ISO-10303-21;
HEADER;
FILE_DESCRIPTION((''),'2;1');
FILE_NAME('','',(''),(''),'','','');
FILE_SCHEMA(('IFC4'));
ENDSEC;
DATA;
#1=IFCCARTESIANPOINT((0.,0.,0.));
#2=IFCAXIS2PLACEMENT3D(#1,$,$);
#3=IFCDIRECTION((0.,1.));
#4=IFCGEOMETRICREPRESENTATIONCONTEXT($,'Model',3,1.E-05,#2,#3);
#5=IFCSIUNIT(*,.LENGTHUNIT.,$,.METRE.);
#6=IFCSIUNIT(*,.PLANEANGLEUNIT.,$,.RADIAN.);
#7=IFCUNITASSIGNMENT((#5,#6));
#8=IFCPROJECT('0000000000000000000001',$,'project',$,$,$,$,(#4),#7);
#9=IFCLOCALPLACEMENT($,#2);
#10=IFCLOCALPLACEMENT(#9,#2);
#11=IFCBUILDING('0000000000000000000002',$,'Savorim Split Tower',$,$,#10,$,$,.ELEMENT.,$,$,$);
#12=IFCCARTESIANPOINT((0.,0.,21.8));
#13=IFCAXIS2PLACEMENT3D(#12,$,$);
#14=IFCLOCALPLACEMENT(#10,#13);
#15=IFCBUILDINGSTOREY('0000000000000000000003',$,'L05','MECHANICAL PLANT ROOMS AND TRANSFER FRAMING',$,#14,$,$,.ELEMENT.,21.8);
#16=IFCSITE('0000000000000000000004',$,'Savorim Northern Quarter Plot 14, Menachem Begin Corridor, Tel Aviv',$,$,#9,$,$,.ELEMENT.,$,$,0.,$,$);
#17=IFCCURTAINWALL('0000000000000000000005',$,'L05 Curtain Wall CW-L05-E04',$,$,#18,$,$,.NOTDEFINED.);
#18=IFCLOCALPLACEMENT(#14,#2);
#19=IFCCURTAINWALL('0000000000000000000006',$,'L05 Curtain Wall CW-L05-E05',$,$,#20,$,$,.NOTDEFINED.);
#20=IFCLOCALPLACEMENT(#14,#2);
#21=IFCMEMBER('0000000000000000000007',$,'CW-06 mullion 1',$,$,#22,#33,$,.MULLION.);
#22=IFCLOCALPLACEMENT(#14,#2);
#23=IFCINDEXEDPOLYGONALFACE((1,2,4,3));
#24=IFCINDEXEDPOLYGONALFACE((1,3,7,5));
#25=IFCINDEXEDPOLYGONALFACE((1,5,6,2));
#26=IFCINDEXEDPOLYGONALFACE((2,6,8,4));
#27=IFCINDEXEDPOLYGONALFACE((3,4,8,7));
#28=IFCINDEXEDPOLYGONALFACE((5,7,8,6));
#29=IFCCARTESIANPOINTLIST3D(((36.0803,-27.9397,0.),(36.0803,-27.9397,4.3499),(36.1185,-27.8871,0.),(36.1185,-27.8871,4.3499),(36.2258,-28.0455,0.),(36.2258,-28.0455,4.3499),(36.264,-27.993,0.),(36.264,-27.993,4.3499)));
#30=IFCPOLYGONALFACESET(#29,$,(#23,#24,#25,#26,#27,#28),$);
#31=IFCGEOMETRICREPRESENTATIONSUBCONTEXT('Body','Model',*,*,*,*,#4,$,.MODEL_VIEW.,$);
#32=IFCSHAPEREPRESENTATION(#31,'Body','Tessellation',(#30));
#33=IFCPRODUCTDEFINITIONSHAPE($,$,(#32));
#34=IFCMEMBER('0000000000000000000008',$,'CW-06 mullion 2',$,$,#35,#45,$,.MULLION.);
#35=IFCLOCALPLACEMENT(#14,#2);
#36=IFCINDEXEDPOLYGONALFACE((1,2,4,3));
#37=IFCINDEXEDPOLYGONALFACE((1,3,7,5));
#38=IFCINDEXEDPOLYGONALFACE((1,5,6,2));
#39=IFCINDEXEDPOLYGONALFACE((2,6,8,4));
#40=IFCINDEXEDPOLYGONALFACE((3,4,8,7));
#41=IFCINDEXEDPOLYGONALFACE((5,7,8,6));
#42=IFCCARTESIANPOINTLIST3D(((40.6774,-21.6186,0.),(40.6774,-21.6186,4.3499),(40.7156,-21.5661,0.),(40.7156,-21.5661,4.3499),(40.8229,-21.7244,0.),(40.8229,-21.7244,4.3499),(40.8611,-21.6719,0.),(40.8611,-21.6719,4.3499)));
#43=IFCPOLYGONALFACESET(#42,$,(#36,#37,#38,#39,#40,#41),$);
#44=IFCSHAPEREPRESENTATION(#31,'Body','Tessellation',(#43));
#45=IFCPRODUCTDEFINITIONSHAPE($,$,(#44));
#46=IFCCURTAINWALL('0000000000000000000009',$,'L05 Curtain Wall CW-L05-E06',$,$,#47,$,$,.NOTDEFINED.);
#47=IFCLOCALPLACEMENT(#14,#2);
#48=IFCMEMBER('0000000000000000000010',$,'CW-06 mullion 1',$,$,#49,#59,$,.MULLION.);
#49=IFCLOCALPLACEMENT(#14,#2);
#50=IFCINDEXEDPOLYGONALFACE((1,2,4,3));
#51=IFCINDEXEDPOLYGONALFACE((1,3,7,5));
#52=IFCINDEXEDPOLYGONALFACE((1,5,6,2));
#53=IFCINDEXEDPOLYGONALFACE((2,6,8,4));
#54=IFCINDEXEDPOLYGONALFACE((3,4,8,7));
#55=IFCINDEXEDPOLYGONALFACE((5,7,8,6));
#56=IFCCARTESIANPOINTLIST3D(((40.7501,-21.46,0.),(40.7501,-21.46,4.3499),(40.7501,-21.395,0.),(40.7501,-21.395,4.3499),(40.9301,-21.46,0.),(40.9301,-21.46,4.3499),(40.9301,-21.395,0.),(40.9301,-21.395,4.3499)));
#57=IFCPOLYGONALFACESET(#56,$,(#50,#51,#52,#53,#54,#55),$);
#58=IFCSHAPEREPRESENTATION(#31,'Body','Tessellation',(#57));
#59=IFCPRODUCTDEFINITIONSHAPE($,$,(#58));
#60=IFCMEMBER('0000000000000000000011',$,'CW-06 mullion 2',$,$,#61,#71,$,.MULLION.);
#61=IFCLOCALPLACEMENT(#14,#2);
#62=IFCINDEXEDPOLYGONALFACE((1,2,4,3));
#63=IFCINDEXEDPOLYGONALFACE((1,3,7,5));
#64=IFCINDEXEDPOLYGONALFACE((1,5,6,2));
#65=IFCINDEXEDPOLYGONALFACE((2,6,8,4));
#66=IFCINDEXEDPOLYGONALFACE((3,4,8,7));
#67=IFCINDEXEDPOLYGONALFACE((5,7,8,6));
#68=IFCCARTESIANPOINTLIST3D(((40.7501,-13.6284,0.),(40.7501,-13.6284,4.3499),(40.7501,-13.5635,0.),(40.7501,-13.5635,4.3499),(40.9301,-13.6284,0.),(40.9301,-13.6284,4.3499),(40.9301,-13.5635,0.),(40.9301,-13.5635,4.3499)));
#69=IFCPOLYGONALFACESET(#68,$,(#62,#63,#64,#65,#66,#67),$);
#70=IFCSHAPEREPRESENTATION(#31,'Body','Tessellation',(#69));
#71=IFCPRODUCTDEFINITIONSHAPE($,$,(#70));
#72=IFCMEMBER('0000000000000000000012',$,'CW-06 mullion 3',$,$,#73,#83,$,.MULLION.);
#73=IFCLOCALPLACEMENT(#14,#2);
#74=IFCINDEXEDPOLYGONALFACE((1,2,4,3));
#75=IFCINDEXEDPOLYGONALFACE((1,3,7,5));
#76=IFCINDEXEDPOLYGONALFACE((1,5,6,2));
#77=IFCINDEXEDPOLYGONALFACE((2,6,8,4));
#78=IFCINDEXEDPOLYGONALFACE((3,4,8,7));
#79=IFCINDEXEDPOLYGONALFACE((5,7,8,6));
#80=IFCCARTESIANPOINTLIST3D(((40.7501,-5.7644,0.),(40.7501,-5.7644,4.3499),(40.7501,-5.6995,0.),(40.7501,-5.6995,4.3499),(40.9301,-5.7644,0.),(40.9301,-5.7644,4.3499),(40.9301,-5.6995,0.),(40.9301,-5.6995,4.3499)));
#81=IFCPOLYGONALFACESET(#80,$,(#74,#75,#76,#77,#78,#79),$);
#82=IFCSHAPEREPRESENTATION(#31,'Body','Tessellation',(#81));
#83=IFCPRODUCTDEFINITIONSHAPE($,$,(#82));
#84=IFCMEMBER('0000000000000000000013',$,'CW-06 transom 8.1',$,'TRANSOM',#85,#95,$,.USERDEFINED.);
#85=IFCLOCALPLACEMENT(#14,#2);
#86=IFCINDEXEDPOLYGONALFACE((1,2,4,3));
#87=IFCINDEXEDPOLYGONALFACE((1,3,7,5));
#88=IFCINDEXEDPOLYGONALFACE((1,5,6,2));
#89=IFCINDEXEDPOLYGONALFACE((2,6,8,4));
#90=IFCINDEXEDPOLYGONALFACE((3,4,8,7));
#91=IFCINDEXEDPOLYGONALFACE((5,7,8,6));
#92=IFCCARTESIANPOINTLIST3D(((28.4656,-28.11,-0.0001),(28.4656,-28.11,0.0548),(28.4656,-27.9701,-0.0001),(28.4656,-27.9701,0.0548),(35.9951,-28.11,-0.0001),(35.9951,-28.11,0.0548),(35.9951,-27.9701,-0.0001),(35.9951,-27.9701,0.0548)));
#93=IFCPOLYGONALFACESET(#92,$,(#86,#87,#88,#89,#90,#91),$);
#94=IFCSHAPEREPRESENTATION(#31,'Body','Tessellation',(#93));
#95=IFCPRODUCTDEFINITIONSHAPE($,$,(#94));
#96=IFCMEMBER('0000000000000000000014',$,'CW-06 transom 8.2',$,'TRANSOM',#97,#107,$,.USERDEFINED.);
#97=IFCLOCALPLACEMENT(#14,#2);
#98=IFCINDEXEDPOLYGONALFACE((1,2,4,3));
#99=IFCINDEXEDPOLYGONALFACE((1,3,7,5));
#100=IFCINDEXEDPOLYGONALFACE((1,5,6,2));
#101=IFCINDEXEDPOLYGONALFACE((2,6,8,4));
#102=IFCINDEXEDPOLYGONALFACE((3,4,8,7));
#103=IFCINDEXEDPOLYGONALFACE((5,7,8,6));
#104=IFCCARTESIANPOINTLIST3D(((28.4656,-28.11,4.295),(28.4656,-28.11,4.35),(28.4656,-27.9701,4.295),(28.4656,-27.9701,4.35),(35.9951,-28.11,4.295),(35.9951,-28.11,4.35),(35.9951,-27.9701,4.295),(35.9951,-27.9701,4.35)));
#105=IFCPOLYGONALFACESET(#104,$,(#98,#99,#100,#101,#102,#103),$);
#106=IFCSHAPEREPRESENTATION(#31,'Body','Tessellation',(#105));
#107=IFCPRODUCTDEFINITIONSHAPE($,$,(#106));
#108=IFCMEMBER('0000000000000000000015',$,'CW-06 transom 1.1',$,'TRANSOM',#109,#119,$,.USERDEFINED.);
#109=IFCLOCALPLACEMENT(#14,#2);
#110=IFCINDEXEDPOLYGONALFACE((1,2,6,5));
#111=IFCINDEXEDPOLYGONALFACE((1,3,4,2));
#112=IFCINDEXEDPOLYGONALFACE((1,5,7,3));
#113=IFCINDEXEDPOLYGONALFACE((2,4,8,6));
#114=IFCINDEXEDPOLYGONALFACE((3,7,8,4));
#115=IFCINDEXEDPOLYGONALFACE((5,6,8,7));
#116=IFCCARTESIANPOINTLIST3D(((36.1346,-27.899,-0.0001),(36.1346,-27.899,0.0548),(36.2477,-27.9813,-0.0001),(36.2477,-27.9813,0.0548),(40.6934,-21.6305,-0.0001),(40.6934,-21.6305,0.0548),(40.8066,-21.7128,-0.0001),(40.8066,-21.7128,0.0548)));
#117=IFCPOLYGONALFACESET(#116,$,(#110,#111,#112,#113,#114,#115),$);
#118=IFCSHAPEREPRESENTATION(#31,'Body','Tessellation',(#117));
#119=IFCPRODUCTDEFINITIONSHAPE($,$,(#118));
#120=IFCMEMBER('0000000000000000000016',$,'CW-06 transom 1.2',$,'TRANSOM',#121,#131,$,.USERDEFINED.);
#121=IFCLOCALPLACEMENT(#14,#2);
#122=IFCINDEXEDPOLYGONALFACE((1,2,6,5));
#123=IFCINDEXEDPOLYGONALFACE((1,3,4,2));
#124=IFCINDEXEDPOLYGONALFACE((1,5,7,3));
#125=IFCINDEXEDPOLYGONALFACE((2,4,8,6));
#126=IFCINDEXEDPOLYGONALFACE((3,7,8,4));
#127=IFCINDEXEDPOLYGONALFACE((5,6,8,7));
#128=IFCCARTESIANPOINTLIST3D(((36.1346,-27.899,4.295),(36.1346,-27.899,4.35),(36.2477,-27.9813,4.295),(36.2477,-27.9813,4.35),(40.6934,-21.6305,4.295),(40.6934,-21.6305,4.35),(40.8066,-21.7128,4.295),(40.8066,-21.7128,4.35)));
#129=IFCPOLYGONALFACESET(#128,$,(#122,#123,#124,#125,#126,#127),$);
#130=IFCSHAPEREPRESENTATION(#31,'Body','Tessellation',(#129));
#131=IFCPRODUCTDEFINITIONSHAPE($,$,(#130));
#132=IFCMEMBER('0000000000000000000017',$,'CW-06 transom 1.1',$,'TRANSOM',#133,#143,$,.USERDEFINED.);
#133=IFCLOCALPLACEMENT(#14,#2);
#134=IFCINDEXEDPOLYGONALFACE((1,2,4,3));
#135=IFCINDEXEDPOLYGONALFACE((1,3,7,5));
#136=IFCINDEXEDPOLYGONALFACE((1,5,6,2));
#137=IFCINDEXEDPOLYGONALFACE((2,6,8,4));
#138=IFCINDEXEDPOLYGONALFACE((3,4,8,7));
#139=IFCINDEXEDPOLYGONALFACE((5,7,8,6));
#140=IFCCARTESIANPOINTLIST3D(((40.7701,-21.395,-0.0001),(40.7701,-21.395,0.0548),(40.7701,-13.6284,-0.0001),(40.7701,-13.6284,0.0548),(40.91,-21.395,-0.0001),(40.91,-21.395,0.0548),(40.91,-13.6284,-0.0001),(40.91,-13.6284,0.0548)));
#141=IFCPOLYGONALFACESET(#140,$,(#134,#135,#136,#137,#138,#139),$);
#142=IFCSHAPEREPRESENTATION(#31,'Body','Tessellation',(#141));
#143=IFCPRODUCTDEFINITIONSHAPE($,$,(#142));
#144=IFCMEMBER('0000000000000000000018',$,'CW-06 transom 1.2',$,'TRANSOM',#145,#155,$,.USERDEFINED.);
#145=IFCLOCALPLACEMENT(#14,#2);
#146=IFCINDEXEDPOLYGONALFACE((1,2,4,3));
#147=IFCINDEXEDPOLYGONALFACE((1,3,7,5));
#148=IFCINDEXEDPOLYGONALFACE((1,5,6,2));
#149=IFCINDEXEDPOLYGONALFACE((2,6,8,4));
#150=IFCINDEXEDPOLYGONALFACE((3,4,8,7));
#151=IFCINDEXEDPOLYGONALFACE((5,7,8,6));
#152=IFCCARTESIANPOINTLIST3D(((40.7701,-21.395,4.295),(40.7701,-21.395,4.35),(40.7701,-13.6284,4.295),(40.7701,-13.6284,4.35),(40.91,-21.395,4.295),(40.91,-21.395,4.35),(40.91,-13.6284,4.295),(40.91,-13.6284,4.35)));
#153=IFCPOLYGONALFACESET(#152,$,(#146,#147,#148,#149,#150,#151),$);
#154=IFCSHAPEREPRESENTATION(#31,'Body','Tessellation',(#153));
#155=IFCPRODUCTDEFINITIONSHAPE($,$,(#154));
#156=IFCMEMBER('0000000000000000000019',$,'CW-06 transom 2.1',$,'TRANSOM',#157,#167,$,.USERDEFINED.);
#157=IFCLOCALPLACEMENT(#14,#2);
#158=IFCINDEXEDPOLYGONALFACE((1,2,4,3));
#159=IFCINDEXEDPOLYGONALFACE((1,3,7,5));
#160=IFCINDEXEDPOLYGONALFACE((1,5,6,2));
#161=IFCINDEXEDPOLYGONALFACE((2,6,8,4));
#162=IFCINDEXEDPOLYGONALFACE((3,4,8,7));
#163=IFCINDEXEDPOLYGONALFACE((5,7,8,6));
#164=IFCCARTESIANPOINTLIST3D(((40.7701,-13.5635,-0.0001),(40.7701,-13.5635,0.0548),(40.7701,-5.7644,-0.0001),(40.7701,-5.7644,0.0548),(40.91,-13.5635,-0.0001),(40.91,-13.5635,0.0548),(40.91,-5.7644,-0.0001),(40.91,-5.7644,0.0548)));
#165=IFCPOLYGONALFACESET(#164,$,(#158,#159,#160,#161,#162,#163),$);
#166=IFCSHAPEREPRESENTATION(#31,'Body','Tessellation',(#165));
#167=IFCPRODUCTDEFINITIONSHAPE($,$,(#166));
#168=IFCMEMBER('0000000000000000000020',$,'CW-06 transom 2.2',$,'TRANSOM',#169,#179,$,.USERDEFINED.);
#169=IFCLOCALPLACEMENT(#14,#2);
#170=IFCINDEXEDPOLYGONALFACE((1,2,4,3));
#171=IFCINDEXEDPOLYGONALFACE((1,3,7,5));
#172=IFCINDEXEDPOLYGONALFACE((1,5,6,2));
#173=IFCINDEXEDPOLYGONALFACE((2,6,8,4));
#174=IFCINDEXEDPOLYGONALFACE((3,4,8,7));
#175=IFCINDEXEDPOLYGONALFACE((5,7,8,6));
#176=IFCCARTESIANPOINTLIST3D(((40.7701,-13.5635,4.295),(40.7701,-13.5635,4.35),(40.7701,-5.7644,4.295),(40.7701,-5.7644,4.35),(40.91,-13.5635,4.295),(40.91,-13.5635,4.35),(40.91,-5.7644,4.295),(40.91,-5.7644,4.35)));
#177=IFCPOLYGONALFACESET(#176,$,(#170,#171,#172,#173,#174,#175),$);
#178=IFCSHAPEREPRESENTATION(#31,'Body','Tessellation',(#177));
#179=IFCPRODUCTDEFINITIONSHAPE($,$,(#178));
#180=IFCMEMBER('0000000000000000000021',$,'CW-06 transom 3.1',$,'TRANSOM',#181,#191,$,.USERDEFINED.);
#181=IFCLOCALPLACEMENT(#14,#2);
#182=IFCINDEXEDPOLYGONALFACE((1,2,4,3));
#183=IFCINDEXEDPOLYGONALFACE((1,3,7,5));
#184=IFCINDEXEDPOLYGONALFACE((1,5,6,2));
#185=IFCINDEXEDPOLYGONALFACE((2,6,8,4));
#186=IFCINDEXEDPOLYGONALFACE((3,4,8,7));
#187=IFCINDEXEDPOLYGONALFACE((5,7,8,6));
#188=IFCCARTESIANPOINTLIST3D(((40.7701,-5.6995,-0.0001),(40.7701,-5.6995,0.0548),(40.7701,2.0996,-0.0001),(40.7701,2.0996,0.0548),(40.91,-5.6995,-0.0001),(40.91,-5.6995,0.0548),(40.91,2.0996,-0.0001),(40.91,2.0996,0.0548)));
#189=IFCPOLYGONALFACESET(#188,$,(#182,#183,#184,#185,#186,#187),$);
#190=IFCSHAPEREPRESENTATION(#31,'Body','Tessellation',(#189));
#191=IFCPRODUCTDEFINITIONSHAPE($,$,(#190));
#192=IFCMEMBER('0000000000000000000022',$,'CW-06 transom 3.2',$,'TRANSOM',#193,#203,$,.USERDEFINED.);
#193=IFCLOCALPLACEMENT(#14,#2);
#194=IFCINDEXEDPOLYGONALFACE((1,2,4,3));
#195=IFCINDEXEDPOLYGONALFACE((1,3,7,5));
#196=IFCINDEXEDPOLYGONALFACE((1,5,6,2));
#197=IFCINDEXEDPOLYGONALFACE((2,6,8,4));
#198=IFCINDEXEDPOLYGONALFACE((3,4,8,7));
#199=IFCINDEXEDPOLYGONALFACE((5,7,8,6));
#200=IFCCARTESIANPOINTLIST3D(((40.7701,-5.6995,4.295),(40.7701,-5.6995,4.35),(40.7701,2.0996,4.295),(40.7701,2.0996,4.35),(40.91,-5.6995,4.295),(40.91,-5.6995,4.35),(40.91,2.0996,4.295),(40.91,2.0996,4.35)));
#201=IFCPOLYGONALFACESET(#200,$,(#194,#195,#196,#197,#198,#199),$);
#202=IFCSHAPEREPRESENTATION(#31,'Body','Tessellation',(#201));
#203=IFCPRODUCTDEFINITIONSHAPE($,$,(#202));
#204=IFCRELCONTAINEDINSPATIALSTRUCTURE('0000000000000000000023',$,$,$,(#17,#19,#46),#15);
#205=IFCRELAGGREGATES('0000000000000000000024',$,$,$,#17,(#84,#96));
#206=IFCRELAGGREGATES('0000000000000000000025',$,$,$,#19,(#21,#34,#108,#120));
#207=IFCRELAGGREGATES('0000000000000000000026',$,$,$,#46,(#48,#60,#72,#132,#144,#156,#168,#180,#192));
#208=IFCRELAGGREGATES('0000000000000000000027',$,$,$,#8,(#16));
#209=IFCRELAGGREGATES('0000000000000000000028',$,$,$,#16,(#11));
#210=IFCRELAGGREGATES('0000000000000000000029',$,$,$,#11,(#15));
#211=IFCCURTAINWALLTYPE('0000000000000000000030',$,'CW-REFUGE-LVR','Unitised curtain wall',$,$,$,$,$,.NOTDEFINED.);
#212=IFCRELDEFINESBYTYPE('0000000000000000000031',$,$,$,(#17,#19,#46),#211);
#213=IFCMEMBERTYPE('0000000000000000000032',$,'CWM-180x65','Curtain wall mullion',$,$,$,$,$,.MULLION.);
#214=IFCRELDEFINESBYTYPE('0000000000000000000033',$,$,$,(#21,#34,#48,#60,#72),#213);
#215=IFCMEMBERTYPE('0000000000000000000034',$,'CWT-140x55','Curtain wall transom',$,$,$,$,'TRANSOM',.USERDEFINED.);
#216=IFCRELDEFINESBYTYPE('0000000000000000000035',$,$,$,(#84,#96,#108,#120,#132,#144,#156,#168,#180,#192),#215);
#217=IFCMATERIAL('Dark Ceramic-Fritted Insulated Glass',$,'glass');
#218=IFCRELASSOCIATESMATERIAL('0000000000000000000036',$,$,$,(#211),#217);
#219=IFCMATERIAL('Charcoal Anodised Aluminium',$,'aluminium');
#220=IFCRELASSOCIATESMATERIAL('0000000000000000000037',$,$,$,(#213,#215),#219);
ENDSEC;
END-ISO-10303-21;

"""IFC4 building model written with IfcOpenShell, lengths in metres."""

from ifc_helpers import new_model, si_unit, direction, frame, origin, origin_2d, place, context, subcontext, project, spatial, rectangle, extrude, material, material_profile, profile_set, type_object, element, aggregate, save


model = new_model("IFC4")

# Units and contexts
model_context = context("Model", 3, precision=1e-05, world=origin(), true_north=direction((0.0, 1.0)))
body_context = subcontext(model_context, "Body", "Model", "MODEL_VIEW")
ifc_project = project(units=[si_unit("LENGTHUNIT", "METRE"), si_unit("PLANEANGLEUNIT", "RADIAN")], contexts=[model_context])

# Site, building, storey
site_placement = place(None, origin())
site = spatial("IfcSite", under=ifc_project, at=site_placement, Name="Savorim Northern Quarter Plot 14, Menachem Begin Corridor, Tel Aviv", CompositionType="ELEMENT", RefElevation=0.0)
building_placement = place(site_placement, origin())
building = spatial("IfcBuilding", under=site, at=building_placement, Name="Savorim Split Tower", CompositionType="ELEMENT")
storey_placement = place(building_placement, frame((0.0, 0.0, 21.8)))
storey = spatial("IfcBuildingStorey", under=building, at=storey_placement, Name="L05", Description="MECHANICAL PLANT ROOMS AND TRANSFER FRAMING", CompositionType="ELEMENT", Elevation=21.8)

# Curtain wall
ifc_material_1 = material(Name="Dark Ceramic-Fritted Insulated Glass", Category="glass")
curtain_wall_type = type_object("IfcCurtainWallType", Name="CW-REFUGE-LVR", Description="Unitised curtain wall", PredefinedType="NOTDEFINED", material=ifc_material_1)
curtain_wall_1_placement = place(storey_placement, origin())
curtain_wall_1 = element("IfcCurtainWall", 1, at=curtain_wall_1_placement, inside=storey, type_object=curtain_wall_type, Name="L05 Curtain Wall CW-L05-E04", PredefinedType="NOTDEFINED")
ifc_material_2 = material(Name="Charcoal Anodised Aluminium", Category="aluminium")
ifc_material_profile_1 = material_profile(ifc_material_2, rectangle(XDim=0.1799, YDim=0.0649, at=origin_2d()), Name="ALU-M 180x65")
ifc_profile_set_1 = profile_set([ifc_material_profile_1], Name="Charcoal Anodised Aluminium")
member_type_1 = type_object("IfcMemberType", Name="CWM-180x65", Description="Curtain wall mullion", PredefinedType="MULLION", material=ifc_profile_set_1)

# Curtain walls, members
curtain_wall_2_placement = place(storey_placement, origin())
curtain_wall_2 = element("IfcCurtainWall", 2, at=curtain_wall_2_placement, inside=storey, type_object=curtain_wall_type, Name="L05 Curtain Wall CW-L05-E05", PredefinedType="NOTDEFINED")
member_1_placement = place(storey_placement, frame((36.1721, -27.9663, 0.0), z_axis=(0.0, 0.0, 1.0), x_axis=(-0.808733, 0.588176, 0.0)))
member_1 = element("IfcMember", 3, at=member_1_placement, type_object=member_type_1, Name="CW-06 mullion 1", PredefinedType="MULLION", context=body_context, shape_type="SweptSolid", body=[
    extrude(rectangle(XDim=0.1799, YDim=0.0649, at=origin_2d()), origin(), (0.0, 0.0, 1.0), 4.3499),
])
member_2_placement = place(storey_placement, frame((40.7693, -21.6453, 0.0), z_axis=(0.0, 0.0, 1.0), x_axis=(-0.808733, 0.588176, 0.0)))
member_2 = element("IfcMember", 4, at=member_2_placement, type_object=member_type_1, Name="CW-06 mullion 2", PredefinedType="MULLION", context=body_context, shape_type="SweptSolid", body=[
    extrude(rectangle(XDim=0.1799, YDim=0.0649, at=origin_2d()), origin(), (0.0, 0.0, 1.0), 4.3499),
])
curtain_wall_3_placement = place(storey_placement, origin())
curtain_wall_3 = element("IfcCurtainWall", 5, at=curtain_wall_3_placement, inside=storey, type_object=curtain_wall_type, Name="L05 Curtain Wall CW-L05-E06", PredefinedType="NOTDEFINED")
member_3_placement = place(storey_placement, frame((40.8401, -21.4275, 0.0), z_axis=(0.0, 0.0, 1.0), x_axis=(-1.0, 0.0, 0.0)))
member_3 = element("IfcMember", 6, at=member_3_placement, type_object=member_type_1, Name="CW-06 mullion 1", PredefinedType="MULLION", context=body_context, shape_type="SweptSolid", body=[
    extrude(rectangle(XDim=0.1799, YDim=0.0649, at=origin_2d()), origin(), (0.0, 0.0, 1.0), 4.3499),
])
member_4_placement = place(storey_placement, frame((40.8401, -13.5959, 0.0), z_axis=(0.0, 0.0, 1.0), x_axis=(-1.0, 0.0, 0.0)))
member_4 = element("IfcMember", 7, at=member_4_placement, type_object=member_type_1, Name="CW-06 mullion 2", PredefinedType="MULLION", context=body_context, shape_type="SweptSolid", body=[
    extrude(rectangle(XDim=0.1799, YDim=0.0649, at=origin_2d()), origin(), (0.0, 0.0, 1.0), 4.3499),
])
member_5_placement = place(storey_placement, frame((40.8401, -5.7319, 0.0), z_axis=(0.0, 0.0, 1.0), x_axis=(-1.0, 0.0, 0.0)))
member_5 = element("IfcMember", 8, at=member_5_placement, type_object=member_type_1, Name="CW-06 mullion 3", PredefinedType="MULLION", context=body_context, shape_type="SweptSolid", body=[
    extrude(rectangle(XDim=0.1799, YDim=0.0649, at=origin_2d()), origin(), (0.0, 0.0, 1.0), 4.3499),
])

# Members
ifc_material_profile_2 = material_profile(ifc_material_2, rectangle(XDim=0.1399, YDim=0.0549, at=origin_2d()), Name="ALU-T 140x55")
ifc_profile_set_2 = profile_set([ifc_material_profile_2], Name="Charcoal Anodised Aluminium")
member_type_2 = type_object("IfcMemberType", Name="CWT-140x55", Description="Curtain wall transom", ElementType="TRANSOM", PredefinedType="USERDEFINED", material=ifc_profile_set_2)
member_6_placement = place(storey_placement, frame((28.4656, -28.04, 0.0273), z_axis=(1.0, 0.0, 0.0), x_axis=(0.0, 1.0, 0.0)))
member_6 = element("IfcMember", 9, at=member_6_placement, type_object=member_type_2, Name="CW-06 transom 8.1", ObjectType="TRANSOM", PredefinedType="USERDEFINED", context=body_context, shape_type="SweptSolid", body=[
    extrude(rectangle(XDim=0.1399, YDim=0.0549, at=origin_2d()), origin(), (0.0, 0.0, 1.0), 7.5295),
])
member_7_placement = place(storey_placement, frame((28.4656, -28.04, 4.3225), z_axis=(1.0, 0.0, 0.0), x_axis=(0.0, 1.0, 0.0)))
member_7 = element("IfcMember", 10, at=member_7_placement, type_object=member_type_2, Name="CW-06 transom 8.2", ObjectType="TRANSOM", PredefinedType="USERDEFINED", context=body_context, shape_type="SweptSolid", body=[
    extrude(rectangle(XDim=0.1399, YDim=0.0549, at=origin_2d()), origin(), (0.0, 0.0, 1.0), 7.5295),
])
member_8_placement = place(storey_placement, frame((36.1912, -27.9402, 0.0273), z_axis=(0.588162, 0.808743, 0.0), x_axis=(-0.808743, 0.588162, 0.0)))
member_8 = element("IfcMember", 11, at=member_8_placement, type_object=member_type_2, Name="CW-06 transom 1.1", ObjectType="TRANSOM", PredefinedType="USERDEFINED", context=body_context, shape_type="SweptSolid", body=[
    extrude(rectangle(XDim=0.1399, YDim=0.0549, at=origin_2d()), origin(), (0.0, 0.0, 1.0), 7.751),
])
member_9_placement = place(storey_placement, frame((36.1912, -27.9402, 4.3225), z_axis=(0.588162, 0.808743, 0.0), x_axis=(-0.808743, 0.588162, 0.0)))
member_9 = element("IfcMember", 12, at=member_9_placement, type_object=member_type_2, Name="CW-06 transom 1.2", ObjectType="TRANSOM", PredefinedType="USERDEFINED", context=body_context, shape_type="SweptSolid", body=[
    extrude(rectangle(XDim=0.1399, YDim=0.0549, at=origin_2d()), origin(), (0.0, 0.0, 1.0), 7.751),
])
member_10_placement = place(storey_placement, frame((40.8401, -21.395, 0.0273), z_axis=(0.0, 1.0, 0.0), x_axis=(-1.0, 0.0, 0.0)))
member_10 = element("IfcMember", 13, at=member_10_placement, type_object=member_type_2, Name="CW-06 transom 1.1", ObjectType="TRANSOM", PredefinedType="USERDEFINED", context=body_context, shape_type="SweptSolid", body=[
    extrude(rectangle(XDim=0.1399, YDim=0.0549, at=origin_2d()), origin(), (0.0, 0.0, 1.0), 7.7666),
])
member_11_placement = place(storey_placement, frame((40.8401, -21.395, 4.3225), z_axis=(0.0, 1.0, 0.0), x_axis=(-1.0, 0.0, 0.0)))
member_11 = element("IfcMember", 14, at=member_11_placement, type_object=member_type_2, Name="CW-06 transom 1.2", ObjectType="TRANSOM", PredefinedType="USERDEFINED", context=body_context, shape_type="SweptSolid", body=[
    extrude(rectangle(XDim=0.1399, YDim=0.0549, at=origin_2d()), origin(), (0.0, 0.0, 1.0), 7.7666),
])
member_12_placement = place(storey_placement, frame((40.8401, -13.5635, 0.0273), z_axis=(0.0, 1.0, 0.0), x_axis=(-1.0, 0.0, 0.0)))
member_12 = element("IfcMember", 15, at=member_12_placement, type_object=member_type_2, Name="CW-06 transom 2.1", ObjectType="TRANSOM", PredefinedType="USERDEFINED", context=body_context, shape_type="SweptSolid", body=[
    extrude(rectangle(XDim=0.1399, YDim=0.0549, at=origin_2d()), origin(), (0.0, 0.0, 1.0), 7.7991),
])
member_13_placement = place(storey_placement, frame((40.8401, -13.5635, 4.3225), z_axis=(0.0, 1.0, 0.0), x_axis=(-1.0, 0.0, 0.0)))
member_13 = element("IfcMember", 16, at=member_13_placement, type_object=member_type_2, Name="CW-06 transom 2.2", ObjectType="TRANSOM", PredefinedType="USERDEFINED", context=body_context, shape_type="SweptSolid", body=[
    extrude(rectangle(XDim=0.1399, YDim=0.0549, at=origin_2d()), origin(), (0.0, 0.0, 1.0), 7.7991),
])
member_14_placement = place(storey_placement, frame((40.8401, -5.6995, 0.0273), z_axis=(0.0, 1.0, 0.0), x_axis=(-1.0, 0.0, 0.0)))
member_14 = element("IfcMember", 17, at=member_14_placement, type_object=member_type_2, Name="CW-06 transom 3.1", ObjectType="TRANSOM", PredefinedType="USERDEFINED", context=body_context, shape_type="SweptSolid", body=[
    extrude(rectangle(XDim=0.1399, YDim=0.0549, at=origin_2d()), origin(), (0.0, 0.0, 1.0), 7.7991),
])
member_15_placement = place(storey_placement, frame((40.8401, -5.6995, 4.3225), z_axis=(0.0, 1.0, 0.0), x_axis=(-1.0, 0.0, 0.0)))
member_15 = element("IfcMember", 18, at=member_15_placement, type_object=member_type_2, Name="CW-06 transom 3.2", ObjectType="TRANSOM", PredefinedType="USERDEFINED", context=body_context, shape_type="SweptSolid", body=[
    extrude(rectangle(XDim=0.1399, YDim=0.0549, at=origin_2d()), origin(), (0.0, 0.0, 1.0), 7.7991),
])

aggregate(curtain_wall_1, [member_6, member_7])
aggregate(curtain_wall_2, [member_1, member_2, member_8, member_9])
aggregate(curtain_wall_3, [member_3, member_4, member_5, member_10, member_11, member_12, member_13, member_14, member_15])

save(model, "model.ifc")
